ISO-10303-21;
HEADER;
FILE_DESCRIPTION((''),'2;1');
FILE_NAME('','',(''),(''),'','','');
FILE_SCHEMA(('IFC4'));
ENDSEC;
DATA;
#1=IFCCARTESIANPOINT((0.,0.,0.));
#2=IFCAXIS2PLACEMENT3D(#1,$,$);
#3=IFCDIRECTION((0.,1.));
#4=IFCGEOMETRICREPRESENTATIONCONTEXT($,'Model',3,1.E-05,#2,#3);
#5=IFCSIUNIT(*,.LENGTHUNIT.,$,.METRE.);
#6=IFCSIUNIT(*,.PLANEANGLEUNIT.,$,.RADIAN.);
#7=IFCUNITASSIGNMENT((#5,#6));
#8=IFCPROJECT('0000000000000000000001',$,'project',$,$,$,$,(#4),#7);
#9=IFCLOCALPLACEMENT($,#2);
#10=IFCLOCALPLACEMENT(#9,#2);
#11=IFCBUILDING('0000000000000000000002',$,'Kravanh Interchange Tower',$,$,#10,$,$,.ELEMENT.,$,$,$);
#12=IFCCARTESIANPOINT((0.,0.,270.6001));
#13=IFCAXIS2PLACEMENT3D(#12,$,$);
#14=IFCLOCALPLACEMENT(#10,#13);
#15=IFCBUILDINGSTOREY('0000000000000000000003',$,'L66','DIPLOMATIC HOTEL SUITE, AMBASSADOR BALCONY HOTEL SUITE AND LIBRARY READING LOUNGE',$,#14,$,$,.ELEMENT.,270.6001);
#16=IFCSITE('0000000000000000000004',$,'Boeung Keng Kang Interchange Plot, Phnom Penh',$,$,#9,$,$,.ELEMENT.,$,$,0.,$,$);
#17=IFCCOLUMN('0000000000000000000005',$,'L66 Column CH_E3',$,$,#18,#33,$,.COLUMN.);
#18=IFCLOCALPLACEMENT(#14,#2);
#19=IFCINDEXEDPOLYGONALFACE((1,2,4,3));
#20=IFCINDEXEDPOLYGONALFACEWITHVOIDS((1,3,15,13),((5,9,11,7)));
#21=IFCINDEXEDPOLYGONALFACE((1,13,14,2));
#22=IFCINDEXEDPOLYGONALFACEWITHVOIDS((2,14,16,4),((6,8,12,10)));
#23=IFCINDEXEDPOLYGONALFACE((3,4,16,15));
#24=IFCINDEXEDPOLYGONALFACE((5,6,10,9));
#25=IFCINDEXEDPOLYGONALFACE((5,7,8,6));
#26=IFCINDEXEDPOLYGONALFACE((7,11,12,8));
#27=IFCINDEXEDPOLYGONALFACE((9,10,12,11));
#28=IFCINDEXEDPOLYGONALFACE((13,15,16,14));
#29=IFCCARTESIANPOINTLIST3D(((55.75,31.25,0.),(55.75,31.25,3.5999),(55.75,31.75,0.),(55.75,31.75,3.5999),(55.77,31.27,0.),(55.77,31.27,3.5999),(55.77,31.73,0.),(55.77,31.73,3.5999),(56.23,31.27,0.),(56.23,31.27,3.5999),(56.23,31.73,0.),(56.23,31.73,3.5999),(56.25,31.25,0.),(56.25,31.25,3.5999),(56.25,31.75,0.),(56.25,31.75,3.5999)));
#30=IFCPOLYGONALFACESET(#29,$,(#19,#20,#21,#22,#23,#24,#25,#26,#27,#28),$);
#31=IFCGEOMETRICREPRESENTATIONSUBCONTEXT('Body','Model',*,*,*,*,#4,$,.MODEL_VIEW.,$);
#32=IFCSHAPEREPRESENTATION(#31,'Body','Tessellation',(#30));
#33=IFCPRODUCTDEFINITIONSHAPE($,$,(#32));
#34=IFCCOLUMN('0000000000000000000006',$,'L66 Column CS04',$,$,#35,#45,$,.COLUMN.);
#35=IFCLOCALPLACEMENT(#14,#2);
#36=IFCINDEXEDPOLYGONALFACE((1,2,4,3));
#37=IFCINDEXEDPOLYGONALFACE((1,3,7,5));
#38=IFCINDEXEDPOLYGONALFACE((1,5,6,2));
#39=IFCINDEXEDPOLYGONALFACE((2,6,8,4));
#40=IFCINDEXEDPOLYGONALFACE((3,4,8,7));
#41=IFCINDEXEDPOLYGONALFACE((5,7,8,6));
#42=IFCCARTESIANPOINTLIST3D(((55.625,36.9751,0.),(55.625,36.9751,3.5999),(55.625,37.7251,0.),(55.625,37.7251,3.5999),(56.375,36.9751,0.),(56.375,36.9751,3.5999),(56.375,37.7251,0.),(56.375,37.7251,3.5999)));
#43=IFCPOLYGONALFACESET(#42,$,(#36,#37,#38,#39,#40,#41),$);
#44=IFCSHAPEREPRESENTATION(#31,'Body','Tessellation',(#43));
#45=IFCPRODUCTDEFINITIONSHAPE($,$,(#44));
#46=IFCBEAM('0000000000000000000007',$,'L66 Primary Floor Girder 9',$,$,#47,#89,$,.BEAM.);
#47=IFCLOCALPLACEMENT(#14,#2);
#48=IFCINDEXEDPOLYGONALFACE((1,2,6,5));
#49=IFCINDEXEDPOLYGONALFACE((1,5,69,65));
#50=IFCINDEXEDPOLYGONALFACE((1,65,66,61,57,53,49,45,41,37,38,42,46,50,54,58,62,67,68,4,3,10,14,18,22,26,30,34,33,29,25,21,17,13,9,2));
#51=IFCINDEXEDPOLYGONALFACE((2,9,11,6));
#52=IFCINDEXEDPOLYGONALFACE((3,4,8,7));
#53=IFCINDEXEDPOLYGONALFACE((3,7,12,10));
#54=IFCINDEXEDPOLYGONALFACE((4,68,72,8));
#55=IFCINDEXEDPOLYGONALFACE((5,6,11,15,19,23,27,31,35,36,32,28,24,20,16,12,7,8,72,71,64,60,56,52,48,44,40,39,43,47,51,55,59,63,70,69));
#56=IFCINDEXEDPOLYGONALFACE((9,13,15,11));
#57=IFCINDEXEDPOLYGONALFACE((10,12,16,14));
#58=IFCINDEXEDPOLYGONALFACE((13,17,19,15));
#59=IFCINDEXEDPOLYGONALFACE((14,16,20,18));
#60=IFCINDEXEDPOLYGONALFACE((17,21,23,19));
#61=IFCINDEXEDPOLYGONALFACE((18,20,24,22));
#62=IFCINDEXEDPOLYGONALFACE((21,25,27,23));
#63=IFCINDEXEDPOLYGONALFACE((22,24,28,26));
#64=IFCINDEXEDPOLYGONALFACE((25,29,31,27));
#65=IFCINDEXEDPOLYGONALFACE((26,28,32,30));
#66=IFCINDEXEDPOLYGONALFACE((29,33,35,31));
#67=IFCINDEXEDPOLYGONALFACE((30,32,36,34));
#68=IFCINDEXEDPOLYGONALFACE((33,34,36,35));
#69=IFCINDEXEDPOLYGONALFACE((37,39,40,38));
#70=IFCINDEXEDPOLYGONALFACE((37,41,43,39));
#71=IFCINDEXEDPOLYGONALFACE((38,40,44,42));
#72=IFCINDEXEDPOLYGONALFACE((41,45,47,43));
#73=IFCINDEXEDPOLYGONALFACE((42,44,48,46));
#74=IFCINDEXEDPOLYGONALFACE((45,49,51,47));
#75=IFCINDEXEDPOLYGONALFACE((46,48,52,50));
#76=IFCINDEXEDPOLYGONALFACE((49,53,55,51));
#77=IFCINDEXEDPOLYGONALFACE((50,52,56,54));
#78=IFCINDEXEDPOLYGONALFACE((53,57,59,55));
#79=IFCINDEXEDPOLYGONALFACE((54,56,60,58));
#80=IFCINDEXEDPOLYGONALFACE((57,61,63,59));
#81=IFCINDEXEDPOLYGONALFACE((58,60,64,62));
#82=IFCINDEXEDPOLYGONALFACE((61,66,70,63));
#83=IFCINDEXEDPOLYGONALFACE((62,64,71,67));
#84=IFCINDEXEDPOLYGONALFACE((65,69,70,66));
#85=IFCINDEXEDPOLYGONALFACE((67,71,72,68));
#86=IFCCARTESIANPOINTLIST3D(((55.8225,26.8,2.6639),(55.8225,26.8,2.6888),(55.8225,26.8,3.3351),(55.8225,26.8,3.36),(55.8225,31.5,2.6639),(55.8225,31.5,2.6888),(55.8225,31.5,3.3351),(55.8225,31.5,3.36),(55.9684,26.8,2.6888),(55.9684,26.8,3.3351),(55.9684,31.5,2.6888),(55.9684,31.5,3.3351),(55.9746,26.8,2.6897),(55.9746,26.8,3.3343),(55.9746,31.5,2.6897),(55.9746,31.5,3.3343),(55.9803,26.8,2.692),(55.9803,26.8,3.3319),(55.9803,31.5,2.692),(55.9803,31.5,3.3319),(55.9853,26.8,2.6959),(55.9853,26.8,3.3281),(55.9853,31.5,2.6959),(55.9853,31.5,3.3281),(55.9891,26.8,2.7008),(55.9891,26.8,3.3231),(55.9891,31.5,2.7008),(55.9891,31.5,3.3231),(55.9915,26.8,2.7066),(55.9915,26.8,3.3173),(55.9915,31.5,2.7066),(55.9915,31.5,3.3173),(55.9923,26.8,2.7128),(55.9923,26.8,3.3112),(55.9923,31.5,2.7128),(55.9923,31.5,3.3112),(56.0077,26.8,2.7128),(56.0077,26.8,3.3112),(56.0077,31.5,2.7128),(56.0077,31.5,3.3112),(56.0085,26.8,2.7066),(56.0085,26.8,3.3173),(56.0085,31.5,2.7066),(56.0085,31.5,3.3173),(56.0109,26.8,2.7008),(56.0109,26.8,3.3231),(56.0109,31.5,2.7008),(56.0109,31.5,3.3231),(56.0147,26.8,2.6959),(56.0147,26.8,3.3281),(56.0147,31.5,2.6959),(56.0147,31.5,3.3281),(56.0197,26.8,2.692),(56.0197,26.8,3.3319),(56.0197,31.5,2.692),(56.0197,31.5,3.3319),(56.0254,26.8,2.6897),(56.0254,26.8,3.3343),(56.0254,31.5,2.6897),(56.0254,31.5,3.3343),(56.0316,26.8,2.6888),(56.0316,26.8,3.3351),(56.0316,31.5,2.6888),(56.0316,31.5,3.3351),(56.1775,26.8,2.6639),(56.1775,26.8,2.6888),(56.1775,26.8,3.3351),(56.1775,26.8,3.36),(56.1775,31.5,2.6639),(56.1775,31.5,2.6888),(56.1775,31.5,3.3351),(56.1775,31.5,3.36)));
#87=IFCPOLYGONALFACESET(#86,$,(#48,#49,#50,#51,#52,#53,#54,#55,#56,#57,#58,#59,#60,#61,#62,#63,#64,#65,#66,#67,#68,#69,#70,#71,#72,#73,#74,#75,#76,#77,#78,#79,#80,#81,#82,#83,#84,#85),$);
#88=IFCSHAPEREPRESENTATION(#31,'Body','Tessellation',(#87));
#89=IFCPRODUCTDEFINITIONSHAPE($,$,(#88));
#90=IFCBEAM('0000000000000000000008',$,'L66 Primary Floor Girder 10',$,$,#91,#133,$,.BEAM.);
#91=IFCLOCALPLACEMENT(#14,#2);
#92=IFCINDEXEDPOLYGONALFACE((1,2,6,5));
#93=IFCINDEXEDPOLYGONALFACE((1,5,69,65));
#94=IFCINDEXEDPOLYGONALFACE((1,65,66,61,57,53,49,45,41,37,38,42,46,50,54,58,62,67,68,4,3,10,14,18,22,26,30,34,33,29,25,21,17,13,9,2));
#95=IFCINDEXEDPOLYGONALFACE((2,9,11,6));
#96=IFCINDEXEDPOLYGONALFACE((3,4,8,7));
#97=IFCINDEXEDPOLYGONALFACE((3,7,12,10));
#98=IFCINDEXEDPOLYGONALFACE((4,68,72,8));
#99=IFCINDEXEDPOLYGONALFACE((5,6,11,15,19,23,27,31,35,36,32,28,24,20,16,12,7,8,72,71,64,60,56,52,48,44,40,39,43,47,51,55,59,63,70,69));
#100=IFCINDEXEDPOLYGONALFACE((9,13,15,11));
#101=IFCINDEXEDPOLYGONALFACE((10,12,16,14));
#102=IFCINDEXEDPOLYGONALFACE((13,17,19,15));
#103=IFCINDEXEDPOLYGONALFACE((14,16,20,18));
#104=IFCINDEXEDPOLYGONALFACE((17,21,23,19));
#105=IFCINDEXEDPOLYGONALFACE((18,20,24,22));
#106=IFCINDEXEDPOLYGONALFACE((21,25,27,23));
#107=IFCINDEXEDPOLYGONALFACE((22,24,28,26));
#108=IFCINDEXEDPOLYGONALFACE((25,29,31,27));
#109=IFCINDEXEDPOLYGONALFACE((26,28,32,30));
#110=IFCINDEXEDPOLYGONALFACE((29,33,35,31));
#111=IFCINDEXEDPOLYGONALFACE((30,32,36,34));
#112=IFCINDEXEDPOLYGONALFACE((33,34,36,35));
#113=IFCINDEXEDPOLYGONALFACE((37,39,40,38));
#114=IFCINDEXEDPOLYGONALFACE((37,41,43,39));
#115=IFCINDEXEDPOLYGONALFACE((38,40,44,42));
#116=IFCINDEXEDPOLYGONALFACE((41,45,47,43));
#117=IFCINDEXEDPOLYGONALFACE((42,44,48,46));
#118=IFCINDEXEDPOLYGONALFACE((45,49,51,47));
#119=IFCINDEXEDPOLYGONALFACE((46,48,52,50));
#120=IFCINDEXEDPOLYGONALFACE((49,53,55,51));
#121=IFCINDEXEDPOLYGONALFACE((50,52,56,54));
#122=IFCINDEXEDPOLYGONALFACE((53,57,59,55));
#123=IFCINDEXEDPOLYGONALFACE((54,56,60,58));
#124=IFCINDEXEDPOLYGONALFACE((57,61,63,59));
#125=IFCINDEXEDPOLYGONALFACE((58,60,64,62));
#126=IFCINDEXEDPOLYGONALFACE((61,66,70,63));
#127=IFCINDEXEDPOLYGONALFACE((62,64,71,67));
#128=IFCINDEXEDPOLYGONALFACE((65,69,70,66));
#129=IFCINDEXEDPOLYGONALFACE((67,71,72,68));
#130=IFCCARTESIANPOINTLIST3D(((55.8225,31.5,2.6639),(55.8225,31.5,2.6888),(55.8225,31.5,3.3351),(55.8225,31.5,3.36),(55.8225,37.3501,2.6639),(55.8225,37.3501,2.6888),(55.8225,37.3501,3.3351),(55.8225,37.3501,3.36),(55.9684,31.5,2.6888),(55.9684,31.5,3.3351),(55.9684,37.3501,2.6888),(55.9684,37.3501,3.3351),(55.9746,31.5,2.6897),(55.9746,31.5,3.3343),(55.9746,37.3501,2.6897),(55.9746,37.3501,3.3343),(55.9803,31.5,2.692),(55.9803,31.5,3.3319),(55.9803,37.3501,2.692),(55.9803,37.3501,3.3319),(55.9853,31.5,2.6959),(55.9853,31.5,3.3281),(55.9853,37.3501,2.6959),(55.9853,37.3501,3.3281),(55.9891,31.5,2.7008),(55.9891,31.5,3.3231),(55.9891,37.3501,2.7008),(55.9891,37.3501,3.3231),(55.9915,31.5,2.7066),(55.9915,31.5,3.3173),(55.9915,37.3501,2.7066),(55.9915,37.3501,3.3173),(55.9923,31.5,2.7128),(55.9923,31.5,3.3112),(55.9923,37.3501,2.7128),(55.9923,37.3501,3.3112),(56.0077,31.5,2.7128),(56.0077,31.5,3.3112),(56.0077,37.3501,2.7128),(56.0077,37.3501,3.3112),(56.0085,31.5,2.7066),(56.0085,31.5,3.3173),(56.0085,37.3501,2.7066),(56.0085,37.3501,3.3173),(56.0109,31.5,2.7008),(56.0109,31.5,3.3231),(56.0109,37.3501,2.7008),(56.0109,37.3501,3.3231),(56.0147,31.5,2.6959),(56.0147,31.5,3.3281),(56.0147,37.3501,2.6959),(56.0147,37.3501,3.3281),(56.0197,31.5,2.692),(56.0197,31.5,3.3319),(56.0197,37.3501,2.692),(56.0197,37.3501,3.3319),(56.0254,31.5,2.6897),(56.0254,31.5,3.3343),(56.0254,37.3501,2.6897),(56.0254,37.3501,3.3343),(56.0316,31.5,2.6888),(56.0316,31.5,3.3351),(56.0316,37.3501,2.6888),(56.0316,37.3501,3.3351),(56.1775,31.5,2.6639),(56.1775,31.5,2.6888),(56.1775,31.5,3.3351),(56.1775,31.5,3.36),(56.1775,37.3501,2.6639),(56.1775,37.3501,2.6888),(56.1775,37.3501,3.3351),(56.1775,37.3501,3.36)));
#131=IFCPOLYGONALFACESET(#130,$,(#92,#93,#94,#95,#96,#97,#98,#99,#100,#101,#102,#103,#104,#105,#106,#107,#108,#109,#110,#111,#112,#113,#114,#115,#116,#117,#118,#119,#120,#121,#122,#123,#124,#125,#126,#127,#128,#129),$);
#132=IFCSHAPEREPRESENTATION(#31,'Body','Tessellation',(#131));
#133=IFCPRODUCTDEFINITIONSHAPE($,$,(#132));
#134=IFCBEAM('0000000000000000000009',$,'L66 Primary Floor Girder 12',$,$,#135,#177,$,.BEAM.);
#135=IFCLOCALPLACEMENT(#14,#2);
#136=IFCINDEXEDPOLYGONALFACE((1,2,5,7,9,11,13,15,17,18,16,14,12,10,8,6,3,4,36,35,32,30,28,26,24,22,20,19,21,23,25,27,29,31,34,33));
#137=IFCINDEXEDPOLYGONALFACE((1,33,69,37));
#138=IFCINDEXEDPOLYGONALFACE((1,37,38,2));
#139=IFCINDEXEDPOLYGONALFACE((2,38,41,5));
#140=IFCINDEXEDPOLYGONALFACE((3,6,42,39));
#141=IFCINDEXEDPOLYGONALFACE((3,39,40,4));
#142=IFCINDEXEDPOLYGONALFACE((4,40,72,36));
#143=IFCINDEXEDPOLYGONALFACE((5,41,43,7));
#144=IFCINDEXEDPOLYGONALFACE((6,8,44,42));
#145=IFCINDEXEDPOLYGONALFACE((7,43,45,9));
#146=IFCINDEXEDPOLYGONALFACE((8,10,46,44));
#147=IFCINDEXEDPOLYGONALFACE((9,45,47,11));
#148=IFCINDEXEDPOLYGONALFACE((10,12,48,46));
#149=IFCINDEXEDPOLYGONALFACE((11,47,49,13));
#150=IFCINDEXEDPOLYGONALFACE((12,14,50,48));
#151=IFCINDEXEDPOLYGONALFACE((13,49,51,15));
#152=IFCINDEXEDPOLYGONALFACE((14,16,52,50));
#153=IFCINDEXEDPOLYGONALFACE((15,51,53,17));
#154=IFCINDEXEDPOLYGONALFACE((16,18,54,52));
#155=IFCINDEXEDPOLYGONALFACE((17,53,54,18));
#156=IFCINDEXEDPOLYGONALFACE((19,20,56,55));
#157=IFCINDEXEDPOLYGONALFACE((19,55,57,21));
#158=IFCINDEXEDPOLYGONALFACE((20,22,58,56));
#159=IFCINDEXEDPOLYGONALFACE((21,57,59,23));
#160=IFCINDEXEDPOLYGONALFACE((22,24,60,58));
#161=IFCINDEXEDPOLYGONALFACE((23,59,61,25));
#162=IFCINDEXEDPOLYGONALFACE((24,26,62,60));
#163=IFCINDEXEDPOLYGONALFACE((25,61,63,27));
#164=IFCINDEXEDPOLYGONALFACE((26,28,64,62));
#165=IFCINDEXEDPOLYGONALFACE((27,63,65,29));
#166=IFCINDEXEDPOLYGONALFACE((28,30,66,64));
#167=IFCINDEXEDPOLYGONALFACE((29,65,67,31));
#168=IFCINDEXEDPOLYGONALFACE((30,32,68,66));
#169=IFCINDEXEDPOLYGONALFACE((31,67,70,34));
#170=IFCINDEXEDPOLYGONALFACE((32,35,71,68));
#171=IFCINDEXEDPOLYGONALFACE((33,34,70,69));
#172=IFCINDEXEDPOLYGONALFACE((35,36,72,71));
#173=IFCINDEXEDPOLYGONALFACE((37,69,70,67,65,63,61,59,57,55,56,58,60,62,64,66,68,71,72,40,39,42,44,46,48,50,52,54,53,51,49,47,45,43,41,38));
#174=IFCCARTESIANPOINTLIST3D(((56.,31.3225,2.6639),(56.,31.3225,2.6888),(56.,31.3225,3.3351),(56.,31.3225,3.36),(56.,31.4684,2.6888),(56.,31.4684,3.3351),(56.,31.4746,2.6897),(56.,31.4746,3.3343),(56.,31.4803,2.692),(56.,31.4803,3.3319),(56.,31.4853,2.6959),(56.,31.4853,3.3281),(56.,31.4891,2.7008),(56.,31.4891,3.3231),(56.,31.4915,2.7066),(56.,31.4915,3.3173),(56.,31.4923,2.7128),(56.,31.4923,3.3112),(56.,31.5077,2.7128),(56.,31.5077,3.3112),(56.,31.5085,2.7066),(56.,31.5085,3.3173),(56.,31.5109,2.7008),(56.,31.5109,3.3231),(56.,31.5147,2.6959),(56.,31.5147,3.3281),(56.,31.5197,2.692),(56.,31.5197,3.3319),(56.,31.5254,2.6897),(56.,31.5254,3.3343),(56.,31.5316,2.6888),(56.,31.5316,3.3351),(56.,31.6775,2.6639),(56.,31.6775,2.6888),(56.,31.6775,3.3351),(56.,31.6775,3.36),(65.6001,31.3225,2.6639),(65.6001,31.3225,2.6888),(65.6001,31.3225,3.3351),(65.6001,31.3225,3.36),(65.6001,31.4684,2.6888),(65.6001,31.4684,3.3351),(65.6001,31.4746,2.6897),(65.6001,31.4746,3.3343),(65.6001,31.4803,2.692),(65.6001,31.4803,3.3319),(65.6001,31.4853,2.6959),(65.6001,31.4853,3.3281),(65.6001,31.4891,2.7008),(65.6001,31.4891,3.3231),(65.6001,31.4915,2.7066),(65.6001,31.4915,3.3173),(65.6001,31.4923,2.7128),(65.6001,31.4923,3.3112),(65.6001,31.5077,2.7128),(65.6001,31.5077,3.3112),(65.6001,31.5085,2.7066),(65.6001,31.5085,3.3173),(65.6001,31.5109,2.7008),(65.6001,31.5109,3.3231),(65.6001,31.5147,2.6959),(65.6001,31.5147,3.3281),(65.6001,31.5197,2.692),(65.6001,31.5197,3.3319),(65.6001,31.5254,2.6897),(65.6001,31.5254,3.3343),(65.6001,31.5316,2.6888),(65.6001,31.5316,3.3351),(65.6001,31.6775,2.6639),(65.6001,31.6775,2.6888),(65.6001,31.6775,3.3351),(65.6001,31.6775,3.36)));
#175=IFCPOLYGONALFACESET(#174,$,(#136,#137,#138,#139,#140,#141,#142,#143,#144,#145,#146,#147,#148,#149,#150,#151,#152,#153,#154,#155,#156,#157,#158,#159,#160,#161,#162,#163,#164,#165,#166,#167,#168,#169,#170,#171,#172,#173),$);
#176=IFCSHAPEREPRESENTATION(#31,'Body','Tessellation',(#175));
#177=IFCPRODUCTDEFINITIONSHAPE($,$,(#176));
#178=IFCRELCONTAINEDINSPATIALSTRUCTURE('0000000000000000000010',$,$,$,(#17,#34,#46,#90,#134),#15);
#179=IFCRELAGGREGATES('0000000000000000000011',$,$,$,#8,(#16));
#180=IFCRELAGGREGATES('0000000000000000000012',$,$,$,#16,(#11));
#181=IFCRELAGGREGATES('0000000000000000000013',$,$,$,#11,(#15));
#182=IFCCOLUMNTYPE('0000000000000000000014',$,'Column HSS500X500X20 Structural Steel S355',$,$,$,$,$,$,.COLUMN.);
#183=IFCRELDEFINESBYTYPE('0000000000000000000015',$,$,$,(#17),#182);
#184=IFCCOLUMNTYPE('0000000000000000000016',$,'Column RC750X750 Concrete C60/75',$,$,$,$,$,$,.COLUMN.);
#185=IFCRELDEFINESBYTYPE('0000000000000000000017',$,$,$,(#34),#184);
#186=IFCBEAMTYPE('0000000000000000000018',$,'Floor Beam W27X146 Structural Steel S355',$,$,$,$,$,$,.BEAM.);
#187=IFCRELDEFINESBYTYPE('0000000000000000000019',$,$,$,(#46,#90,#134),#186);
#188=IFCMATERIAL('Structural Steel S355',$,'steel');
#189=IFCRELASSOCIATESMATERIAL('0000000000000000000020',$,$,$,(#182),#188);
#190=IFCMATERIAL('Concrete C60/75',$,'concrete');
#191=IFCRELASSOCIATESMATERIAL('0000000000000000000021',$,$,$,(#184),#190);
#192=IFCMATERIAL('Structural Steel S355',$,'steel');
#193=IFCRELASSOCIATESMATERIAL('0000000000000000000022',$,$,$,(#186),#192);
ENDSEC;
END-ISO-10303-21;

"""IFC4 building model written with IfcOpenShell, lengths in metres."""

from ifc_helpers import new_model, si_unit, direction, frame, origin, origin_2d, place, context, subcontext, project, spatial, rectangle, hollow_rectangle, i_section, extrude, material, material_profile, profile_set, type_object, element, save


model = new_model("IFC4")

# Units and contexts
model_context = context("Model", 3, precision=1e-05, world=origin(), true_north=direction((0.0, 1.0)))
body_context = subcontext(model_context, "Body", "Model", "MODEL_VIEW")
ifc_project = project(units=[si_unit("LENGTHUNIT", "METRE"), si_unit("PLANEANGLEUNIT", "RADIAN")], contexts=[model_context])

# Site, building, storey
site_placement = place(None, origin())
site = spatial("IfcSite", under=ifc_project, at=site_placement, Name="Boeung Keng Kang Interchange Plot, Phnom Penh", CompositionType="ELEMENT", RefElevation=0.0)
building_placement = place(site_placement, origin())
building = spatial("IfcBuilding", under=site, at=building_placement, Name="Kravanh Interchange Tower", CompositionType="ELEMENT")
storey_placement = place(building_placement, frame((0.0, 0.0, 270.6001)))
storey = spatial("IfcBuildingStorey", under=building, at=storey_placement, Name="L66", Description="DIPLOMATIC HOTEL SUITE, AMBASSADOR BALCONY HOTEL SUITE AND LIBRARY READING LOUNGE", CompositionType="ELEMENT", Elevation=270.6001)

# Columns
ifc_material_1 = material(Name="Structural Steel S355", Category="steel")
ifc_material_profile_1 = material_profile(ifc_material_1, hollow_rectangle(XDim=0.5, YDim=0.5, WallThickness=0.02, at=origin_2d()), Name="HSS500X500X20")
ifc_profile_set_1 = profile_set([ifc_material_profile_1], Name="Structural Steel S355")
column_type_1 = type_object("IfcColumnType", Name="Column HSS500X500X20 Structural Steel S355", PredefinedType="COLUMN", material=ifc_profile_set_1)
column_1_placement = place(storey_placement, frame((56.0, 31.5, 0.0), z_axis=(0.0, 0.0, 1.0), x_axis=(1.0, 0.0, 0.0)))
element("IfcColumn", 1, at=column_1_placement, inside=storey, type_object=column_type_1, Name="L66 Column CH_E3", PredefinedType="COLUMN", context=body_context, shape_type="SweptSolid", body=[
    extrude(hollow_rectangle(XDim=0.5, YDim=0.5, WallThickness=0.02, at=origin_2d()), origin(), (0.0, 0.0, 1.0), 3.5999),
])
ifc_material_2 = material(Name="Concrete C60/75", Category="concrete")
ifc_material_profile_2 = material_profile(ifc_material_2, rectangle(XDim=0.75, YDim=0.75, at=origin_2d()), Name="RC750X750")
ifc_profile_set_2 = profile_set([ifc_material_profile_2], Name="Concrete C60/75")
column_type_2 = type_object("IfcColumnType", Name="Column RC750X750 Concrete C60/75", PredefinedType="COLUMN", material=ifc_profile_set_2)
column_2_placement = place(storey_placement, frame((56.0, 37.3501, 0.0), z_axis=(0.0, 0.0, 1.0), x_axis=(1.0, 0.0, 0.0)))
element("IfcColumn", 2, at=column_2_placement, inside=storey, type_object=column_type_2, Name="L66 Column CS04", PredefinedType="COLUMN", context=body_context, shape_type="SweptSolid", body=[
    extrude(rectangle(XDim=0.75, YDim=0.75, at=origin_2d()), origin(), (0.0, 0.0, 1.0), 3.5999),
])

# Beams
ifc_material_3 = material(Name="Structural Steel S355", Category="steel")
ifc_material_profile_3 = material_profile(ifc_material_3, i_section(OverallWidth=0.355, OverallDepth=0.696, WebThickness=0.0154, FlangeThickness=0.0249, FilletRadius=0.0239, at=origin_2d()), Name="W27X146")
ifc_profile_set_3 = profile_set([ifc_material_profile_3], Name="Structural Steel S355")
beam_type_1 = type_object("IfcBeamType", Name="Floor Beam W27X146 Structural Steel S355", PredefinedType="BEAM", material=ifc_profile_set_3)
beam_1_placement = place(storey_placement, frame((56.0, 31.5, 3.012), z_axis=(0.0, -1.0, 0.0), x_axis=(1.0, 0.0, 0.0)))
element("IfcBeam", 3, at=beam_1_placement, inside=storey, type_object=beam_type_1, Name="L66 Primary Floor Girder 9", PredefinedType="BEAM", context=body_context, shape_type="SweptSolid", body=[
    extrude(i_section(OverallWidth=0.355, OverallDepth=0.696, WebThickness=0.0154, FlangeThickness=0.0249, FilletRadius=0.0239, at=origin_2d()), origin(), (0.0, 0.0, 1.0), 4.7),
])
beam_2_placement = place(storey_placement, frame((56.0, 31.5, 3.012), z_axis=(0.0, 1.0, 0.0), x_axis=(-1.0, 0.0, 0.0)))
element("IfcBeam", 4, at=beam_2_placement, inside=storey, type_object=beam_type_1, Name="L66 Primary Floor Girder 10", PredefinedType="BEAM", context=body_context, shape_type="SweptSolid", body=[
    extrude(i_section(OverallWidth=0.355, OverallDepth=0.696, WebThickness=0.0154, FlangeThickness=0.0249, FilletRadius=0.0239, at=origin_2d()), origin(), (0.0, 0.0, 1.0), 5.8501),
])
beam_3_placement = place(storey_placement, frame((56.0, 31.5, 3.012), z_axis=(1.0, 0.0, 0.0), x_axis=(0.0, 1.0, 0.0)))
element("IfcBeam", 5, at=beam_3_placement, inside=storey, type_object=beam_type_1, Name="L66 Primary Floor Girder 12", PredefinedType="BEAM", context=body_context, shape_type="SweptSolid", body=[
    extrude(i_section(OverallWidth=0.355, OverallDepth=0.696, WebThickness=0.0154, FlangeThickness=0.0249, FilletRadius=0.0239, at=origin_2d()), origin(), (0.0, 0.0, 1.0), 9.6001),
])

save(model, "model.ifc")
